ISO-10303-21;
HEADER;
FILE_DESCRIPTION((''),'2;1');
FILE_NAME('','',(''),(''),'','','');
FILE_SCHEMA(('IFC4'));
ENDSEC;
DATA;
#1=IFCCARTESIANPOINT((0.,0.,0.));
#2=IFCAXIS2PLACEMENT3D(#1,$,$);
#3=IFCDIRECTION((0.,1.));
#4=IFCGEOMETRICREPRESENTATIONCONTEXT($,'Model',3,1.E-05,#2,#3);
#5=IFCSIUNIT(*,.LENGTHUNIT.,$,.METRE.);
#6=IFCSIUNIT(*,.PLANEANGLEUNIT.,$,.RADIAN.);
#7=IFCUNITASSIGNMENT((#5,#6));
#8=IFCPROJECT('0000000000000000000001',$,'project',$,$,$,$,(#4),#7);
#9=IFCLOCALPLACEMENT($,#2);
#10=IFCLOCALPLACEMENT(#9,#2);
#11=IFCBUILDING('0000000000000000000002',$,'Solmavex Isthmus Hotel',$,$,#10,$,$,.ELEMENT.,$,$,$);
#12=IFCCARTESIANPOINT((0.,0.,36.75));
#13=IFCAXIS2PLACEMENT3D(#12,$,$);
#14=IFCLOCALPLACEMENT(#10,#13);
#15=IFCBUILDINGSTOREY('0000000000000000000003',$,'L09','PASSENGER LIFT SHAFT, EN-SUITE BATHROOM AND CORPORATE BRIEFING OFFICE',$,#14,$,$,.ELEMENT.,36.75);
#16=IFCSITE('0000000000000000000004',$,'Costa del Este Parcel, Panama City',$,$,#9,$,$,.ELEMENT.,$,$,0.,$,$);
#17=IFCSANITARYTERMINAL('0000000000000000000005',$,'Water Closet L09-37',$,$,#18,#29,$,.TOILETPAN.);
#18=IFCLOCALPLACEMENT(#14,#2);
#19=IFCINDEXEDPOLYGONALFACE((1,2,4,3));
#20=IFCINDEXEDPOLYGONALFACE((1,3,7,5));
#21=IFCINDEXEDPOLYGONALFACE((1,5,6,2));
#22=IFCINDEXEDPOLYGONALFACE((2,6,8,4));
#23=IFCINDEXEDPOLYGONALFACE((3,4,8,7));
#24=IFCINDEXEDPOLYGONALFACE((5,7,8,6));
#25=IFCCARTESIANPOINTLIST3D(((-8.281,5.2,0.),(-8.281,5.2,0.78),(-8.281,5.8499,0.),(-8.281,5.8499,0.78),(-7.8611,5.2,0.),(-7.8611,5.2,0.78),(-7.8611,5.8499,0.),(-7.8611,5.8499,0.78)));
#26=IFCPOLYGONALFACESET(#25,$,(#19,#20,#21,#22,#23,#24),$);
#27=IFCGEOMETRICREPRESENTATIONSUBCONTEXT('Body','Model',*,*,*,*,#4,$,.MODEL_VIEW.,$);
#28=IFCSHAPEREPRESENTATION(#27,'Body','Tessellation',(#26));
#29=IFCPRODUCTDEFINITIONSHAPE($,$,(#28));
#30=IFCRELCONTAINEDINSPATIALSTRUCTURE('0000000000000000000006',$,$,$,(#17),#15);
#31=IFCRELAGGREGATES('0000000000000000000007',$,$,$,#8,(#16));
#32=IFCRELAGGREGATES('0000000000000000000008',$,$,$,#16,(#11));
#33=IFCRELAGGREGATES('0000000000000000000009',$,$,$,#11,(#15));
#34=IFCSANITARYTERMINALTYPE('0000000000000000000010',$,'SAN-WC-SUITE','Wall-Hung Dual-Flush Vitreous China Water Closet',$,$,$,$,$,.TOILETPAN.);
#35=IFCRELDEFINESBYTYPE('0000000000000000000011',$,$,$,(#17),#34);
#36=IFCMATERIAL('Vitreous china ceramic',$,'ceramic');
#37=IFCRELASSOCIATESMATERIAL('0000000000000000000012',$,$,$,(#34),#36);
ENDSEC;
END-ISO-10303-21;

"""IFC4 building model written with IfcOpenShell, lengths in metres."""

from ifc_helpers import new_model, si_unit, direction, frame, origin, origin_2d, place, context, subcontext, project, spatial, rectangle, extrude, material, type_object, element, save


model = new_model("IFC4")

# Units and contexts
model_context = context("Model", 3, precision=1e-05, world=origin(), true_north=direction((0.0, 1.0)))
body_context = subcontext(model_context, "Body", "Model", "MODEL_VIEW")
ifc_project = project(units=[si_unit("LENGTHUNIT", "METRE"), si_unit("PLANEANGLEUNIT", "RADIAN")], contexts=[model_context])

# Site, building, storey
site_placement = place(None, origin())
site = spatial("IfcSite", under=ifc_project, at=site_placement, Name="Costa del Este Parcel, Panama City", CompositionType="ELEMENT", RefElevation=0.0)
building_placement = place(site_placement, origin())
building = spatial("IfcBuilding", under=site, at=building_placement, Name="Solmavex Isthmus Hotel", CompositionType="ELEMENT")
storey_placement = place(building_placement, frame((0.0, 0.0, 36.75)))
storey = spatial("IfcBuildingStorey", under=building, at=storey_placement, Name="L09", Description="PASSENGER LIFT SHAFT, EN-SUITE BATHROOM AND CORPORATE BRIEFING OFFICE", CompositionType="ELEMENT", Elevation=36.75)

# Sanitary terminal
ifc_material_1 = material(Name="Vitreous china ceramic", Category="ceramic")
sanitary_terminal_type_1 = type_object("IfcSanitaryTerminalType", Name="SAN-WC-SUITE", Description="Wall-Hung Dual-Flush Vitreous China Water Closet", PredefinedType="TOILETPAN", material=ifc_material_1)
sanitary_terminal_1_placement = place(storey_placement, frame((-8.071, 5.5249, 0.0), z_axis=(0.0, 0.0, 1.0), x_axis=(1.0, 0.0, 0.0)))
element("IfcSanitaryTerminal", 1, at=sanitary_terminal_1_placement, inside=storey, type_object=sanitary_terminal_type_1, Name="Water Closet L09-37", PredefinedType="TOILETPAN", context=body_context, shape_type="SweptSolid", body=[
    extrude(rectangle(XDim=0.4199, YDim=0.6499, at=origin_2d()), origin(), (0.0, 0.0, 1.0), 0.78),
])

save(model, "model.ifc")
